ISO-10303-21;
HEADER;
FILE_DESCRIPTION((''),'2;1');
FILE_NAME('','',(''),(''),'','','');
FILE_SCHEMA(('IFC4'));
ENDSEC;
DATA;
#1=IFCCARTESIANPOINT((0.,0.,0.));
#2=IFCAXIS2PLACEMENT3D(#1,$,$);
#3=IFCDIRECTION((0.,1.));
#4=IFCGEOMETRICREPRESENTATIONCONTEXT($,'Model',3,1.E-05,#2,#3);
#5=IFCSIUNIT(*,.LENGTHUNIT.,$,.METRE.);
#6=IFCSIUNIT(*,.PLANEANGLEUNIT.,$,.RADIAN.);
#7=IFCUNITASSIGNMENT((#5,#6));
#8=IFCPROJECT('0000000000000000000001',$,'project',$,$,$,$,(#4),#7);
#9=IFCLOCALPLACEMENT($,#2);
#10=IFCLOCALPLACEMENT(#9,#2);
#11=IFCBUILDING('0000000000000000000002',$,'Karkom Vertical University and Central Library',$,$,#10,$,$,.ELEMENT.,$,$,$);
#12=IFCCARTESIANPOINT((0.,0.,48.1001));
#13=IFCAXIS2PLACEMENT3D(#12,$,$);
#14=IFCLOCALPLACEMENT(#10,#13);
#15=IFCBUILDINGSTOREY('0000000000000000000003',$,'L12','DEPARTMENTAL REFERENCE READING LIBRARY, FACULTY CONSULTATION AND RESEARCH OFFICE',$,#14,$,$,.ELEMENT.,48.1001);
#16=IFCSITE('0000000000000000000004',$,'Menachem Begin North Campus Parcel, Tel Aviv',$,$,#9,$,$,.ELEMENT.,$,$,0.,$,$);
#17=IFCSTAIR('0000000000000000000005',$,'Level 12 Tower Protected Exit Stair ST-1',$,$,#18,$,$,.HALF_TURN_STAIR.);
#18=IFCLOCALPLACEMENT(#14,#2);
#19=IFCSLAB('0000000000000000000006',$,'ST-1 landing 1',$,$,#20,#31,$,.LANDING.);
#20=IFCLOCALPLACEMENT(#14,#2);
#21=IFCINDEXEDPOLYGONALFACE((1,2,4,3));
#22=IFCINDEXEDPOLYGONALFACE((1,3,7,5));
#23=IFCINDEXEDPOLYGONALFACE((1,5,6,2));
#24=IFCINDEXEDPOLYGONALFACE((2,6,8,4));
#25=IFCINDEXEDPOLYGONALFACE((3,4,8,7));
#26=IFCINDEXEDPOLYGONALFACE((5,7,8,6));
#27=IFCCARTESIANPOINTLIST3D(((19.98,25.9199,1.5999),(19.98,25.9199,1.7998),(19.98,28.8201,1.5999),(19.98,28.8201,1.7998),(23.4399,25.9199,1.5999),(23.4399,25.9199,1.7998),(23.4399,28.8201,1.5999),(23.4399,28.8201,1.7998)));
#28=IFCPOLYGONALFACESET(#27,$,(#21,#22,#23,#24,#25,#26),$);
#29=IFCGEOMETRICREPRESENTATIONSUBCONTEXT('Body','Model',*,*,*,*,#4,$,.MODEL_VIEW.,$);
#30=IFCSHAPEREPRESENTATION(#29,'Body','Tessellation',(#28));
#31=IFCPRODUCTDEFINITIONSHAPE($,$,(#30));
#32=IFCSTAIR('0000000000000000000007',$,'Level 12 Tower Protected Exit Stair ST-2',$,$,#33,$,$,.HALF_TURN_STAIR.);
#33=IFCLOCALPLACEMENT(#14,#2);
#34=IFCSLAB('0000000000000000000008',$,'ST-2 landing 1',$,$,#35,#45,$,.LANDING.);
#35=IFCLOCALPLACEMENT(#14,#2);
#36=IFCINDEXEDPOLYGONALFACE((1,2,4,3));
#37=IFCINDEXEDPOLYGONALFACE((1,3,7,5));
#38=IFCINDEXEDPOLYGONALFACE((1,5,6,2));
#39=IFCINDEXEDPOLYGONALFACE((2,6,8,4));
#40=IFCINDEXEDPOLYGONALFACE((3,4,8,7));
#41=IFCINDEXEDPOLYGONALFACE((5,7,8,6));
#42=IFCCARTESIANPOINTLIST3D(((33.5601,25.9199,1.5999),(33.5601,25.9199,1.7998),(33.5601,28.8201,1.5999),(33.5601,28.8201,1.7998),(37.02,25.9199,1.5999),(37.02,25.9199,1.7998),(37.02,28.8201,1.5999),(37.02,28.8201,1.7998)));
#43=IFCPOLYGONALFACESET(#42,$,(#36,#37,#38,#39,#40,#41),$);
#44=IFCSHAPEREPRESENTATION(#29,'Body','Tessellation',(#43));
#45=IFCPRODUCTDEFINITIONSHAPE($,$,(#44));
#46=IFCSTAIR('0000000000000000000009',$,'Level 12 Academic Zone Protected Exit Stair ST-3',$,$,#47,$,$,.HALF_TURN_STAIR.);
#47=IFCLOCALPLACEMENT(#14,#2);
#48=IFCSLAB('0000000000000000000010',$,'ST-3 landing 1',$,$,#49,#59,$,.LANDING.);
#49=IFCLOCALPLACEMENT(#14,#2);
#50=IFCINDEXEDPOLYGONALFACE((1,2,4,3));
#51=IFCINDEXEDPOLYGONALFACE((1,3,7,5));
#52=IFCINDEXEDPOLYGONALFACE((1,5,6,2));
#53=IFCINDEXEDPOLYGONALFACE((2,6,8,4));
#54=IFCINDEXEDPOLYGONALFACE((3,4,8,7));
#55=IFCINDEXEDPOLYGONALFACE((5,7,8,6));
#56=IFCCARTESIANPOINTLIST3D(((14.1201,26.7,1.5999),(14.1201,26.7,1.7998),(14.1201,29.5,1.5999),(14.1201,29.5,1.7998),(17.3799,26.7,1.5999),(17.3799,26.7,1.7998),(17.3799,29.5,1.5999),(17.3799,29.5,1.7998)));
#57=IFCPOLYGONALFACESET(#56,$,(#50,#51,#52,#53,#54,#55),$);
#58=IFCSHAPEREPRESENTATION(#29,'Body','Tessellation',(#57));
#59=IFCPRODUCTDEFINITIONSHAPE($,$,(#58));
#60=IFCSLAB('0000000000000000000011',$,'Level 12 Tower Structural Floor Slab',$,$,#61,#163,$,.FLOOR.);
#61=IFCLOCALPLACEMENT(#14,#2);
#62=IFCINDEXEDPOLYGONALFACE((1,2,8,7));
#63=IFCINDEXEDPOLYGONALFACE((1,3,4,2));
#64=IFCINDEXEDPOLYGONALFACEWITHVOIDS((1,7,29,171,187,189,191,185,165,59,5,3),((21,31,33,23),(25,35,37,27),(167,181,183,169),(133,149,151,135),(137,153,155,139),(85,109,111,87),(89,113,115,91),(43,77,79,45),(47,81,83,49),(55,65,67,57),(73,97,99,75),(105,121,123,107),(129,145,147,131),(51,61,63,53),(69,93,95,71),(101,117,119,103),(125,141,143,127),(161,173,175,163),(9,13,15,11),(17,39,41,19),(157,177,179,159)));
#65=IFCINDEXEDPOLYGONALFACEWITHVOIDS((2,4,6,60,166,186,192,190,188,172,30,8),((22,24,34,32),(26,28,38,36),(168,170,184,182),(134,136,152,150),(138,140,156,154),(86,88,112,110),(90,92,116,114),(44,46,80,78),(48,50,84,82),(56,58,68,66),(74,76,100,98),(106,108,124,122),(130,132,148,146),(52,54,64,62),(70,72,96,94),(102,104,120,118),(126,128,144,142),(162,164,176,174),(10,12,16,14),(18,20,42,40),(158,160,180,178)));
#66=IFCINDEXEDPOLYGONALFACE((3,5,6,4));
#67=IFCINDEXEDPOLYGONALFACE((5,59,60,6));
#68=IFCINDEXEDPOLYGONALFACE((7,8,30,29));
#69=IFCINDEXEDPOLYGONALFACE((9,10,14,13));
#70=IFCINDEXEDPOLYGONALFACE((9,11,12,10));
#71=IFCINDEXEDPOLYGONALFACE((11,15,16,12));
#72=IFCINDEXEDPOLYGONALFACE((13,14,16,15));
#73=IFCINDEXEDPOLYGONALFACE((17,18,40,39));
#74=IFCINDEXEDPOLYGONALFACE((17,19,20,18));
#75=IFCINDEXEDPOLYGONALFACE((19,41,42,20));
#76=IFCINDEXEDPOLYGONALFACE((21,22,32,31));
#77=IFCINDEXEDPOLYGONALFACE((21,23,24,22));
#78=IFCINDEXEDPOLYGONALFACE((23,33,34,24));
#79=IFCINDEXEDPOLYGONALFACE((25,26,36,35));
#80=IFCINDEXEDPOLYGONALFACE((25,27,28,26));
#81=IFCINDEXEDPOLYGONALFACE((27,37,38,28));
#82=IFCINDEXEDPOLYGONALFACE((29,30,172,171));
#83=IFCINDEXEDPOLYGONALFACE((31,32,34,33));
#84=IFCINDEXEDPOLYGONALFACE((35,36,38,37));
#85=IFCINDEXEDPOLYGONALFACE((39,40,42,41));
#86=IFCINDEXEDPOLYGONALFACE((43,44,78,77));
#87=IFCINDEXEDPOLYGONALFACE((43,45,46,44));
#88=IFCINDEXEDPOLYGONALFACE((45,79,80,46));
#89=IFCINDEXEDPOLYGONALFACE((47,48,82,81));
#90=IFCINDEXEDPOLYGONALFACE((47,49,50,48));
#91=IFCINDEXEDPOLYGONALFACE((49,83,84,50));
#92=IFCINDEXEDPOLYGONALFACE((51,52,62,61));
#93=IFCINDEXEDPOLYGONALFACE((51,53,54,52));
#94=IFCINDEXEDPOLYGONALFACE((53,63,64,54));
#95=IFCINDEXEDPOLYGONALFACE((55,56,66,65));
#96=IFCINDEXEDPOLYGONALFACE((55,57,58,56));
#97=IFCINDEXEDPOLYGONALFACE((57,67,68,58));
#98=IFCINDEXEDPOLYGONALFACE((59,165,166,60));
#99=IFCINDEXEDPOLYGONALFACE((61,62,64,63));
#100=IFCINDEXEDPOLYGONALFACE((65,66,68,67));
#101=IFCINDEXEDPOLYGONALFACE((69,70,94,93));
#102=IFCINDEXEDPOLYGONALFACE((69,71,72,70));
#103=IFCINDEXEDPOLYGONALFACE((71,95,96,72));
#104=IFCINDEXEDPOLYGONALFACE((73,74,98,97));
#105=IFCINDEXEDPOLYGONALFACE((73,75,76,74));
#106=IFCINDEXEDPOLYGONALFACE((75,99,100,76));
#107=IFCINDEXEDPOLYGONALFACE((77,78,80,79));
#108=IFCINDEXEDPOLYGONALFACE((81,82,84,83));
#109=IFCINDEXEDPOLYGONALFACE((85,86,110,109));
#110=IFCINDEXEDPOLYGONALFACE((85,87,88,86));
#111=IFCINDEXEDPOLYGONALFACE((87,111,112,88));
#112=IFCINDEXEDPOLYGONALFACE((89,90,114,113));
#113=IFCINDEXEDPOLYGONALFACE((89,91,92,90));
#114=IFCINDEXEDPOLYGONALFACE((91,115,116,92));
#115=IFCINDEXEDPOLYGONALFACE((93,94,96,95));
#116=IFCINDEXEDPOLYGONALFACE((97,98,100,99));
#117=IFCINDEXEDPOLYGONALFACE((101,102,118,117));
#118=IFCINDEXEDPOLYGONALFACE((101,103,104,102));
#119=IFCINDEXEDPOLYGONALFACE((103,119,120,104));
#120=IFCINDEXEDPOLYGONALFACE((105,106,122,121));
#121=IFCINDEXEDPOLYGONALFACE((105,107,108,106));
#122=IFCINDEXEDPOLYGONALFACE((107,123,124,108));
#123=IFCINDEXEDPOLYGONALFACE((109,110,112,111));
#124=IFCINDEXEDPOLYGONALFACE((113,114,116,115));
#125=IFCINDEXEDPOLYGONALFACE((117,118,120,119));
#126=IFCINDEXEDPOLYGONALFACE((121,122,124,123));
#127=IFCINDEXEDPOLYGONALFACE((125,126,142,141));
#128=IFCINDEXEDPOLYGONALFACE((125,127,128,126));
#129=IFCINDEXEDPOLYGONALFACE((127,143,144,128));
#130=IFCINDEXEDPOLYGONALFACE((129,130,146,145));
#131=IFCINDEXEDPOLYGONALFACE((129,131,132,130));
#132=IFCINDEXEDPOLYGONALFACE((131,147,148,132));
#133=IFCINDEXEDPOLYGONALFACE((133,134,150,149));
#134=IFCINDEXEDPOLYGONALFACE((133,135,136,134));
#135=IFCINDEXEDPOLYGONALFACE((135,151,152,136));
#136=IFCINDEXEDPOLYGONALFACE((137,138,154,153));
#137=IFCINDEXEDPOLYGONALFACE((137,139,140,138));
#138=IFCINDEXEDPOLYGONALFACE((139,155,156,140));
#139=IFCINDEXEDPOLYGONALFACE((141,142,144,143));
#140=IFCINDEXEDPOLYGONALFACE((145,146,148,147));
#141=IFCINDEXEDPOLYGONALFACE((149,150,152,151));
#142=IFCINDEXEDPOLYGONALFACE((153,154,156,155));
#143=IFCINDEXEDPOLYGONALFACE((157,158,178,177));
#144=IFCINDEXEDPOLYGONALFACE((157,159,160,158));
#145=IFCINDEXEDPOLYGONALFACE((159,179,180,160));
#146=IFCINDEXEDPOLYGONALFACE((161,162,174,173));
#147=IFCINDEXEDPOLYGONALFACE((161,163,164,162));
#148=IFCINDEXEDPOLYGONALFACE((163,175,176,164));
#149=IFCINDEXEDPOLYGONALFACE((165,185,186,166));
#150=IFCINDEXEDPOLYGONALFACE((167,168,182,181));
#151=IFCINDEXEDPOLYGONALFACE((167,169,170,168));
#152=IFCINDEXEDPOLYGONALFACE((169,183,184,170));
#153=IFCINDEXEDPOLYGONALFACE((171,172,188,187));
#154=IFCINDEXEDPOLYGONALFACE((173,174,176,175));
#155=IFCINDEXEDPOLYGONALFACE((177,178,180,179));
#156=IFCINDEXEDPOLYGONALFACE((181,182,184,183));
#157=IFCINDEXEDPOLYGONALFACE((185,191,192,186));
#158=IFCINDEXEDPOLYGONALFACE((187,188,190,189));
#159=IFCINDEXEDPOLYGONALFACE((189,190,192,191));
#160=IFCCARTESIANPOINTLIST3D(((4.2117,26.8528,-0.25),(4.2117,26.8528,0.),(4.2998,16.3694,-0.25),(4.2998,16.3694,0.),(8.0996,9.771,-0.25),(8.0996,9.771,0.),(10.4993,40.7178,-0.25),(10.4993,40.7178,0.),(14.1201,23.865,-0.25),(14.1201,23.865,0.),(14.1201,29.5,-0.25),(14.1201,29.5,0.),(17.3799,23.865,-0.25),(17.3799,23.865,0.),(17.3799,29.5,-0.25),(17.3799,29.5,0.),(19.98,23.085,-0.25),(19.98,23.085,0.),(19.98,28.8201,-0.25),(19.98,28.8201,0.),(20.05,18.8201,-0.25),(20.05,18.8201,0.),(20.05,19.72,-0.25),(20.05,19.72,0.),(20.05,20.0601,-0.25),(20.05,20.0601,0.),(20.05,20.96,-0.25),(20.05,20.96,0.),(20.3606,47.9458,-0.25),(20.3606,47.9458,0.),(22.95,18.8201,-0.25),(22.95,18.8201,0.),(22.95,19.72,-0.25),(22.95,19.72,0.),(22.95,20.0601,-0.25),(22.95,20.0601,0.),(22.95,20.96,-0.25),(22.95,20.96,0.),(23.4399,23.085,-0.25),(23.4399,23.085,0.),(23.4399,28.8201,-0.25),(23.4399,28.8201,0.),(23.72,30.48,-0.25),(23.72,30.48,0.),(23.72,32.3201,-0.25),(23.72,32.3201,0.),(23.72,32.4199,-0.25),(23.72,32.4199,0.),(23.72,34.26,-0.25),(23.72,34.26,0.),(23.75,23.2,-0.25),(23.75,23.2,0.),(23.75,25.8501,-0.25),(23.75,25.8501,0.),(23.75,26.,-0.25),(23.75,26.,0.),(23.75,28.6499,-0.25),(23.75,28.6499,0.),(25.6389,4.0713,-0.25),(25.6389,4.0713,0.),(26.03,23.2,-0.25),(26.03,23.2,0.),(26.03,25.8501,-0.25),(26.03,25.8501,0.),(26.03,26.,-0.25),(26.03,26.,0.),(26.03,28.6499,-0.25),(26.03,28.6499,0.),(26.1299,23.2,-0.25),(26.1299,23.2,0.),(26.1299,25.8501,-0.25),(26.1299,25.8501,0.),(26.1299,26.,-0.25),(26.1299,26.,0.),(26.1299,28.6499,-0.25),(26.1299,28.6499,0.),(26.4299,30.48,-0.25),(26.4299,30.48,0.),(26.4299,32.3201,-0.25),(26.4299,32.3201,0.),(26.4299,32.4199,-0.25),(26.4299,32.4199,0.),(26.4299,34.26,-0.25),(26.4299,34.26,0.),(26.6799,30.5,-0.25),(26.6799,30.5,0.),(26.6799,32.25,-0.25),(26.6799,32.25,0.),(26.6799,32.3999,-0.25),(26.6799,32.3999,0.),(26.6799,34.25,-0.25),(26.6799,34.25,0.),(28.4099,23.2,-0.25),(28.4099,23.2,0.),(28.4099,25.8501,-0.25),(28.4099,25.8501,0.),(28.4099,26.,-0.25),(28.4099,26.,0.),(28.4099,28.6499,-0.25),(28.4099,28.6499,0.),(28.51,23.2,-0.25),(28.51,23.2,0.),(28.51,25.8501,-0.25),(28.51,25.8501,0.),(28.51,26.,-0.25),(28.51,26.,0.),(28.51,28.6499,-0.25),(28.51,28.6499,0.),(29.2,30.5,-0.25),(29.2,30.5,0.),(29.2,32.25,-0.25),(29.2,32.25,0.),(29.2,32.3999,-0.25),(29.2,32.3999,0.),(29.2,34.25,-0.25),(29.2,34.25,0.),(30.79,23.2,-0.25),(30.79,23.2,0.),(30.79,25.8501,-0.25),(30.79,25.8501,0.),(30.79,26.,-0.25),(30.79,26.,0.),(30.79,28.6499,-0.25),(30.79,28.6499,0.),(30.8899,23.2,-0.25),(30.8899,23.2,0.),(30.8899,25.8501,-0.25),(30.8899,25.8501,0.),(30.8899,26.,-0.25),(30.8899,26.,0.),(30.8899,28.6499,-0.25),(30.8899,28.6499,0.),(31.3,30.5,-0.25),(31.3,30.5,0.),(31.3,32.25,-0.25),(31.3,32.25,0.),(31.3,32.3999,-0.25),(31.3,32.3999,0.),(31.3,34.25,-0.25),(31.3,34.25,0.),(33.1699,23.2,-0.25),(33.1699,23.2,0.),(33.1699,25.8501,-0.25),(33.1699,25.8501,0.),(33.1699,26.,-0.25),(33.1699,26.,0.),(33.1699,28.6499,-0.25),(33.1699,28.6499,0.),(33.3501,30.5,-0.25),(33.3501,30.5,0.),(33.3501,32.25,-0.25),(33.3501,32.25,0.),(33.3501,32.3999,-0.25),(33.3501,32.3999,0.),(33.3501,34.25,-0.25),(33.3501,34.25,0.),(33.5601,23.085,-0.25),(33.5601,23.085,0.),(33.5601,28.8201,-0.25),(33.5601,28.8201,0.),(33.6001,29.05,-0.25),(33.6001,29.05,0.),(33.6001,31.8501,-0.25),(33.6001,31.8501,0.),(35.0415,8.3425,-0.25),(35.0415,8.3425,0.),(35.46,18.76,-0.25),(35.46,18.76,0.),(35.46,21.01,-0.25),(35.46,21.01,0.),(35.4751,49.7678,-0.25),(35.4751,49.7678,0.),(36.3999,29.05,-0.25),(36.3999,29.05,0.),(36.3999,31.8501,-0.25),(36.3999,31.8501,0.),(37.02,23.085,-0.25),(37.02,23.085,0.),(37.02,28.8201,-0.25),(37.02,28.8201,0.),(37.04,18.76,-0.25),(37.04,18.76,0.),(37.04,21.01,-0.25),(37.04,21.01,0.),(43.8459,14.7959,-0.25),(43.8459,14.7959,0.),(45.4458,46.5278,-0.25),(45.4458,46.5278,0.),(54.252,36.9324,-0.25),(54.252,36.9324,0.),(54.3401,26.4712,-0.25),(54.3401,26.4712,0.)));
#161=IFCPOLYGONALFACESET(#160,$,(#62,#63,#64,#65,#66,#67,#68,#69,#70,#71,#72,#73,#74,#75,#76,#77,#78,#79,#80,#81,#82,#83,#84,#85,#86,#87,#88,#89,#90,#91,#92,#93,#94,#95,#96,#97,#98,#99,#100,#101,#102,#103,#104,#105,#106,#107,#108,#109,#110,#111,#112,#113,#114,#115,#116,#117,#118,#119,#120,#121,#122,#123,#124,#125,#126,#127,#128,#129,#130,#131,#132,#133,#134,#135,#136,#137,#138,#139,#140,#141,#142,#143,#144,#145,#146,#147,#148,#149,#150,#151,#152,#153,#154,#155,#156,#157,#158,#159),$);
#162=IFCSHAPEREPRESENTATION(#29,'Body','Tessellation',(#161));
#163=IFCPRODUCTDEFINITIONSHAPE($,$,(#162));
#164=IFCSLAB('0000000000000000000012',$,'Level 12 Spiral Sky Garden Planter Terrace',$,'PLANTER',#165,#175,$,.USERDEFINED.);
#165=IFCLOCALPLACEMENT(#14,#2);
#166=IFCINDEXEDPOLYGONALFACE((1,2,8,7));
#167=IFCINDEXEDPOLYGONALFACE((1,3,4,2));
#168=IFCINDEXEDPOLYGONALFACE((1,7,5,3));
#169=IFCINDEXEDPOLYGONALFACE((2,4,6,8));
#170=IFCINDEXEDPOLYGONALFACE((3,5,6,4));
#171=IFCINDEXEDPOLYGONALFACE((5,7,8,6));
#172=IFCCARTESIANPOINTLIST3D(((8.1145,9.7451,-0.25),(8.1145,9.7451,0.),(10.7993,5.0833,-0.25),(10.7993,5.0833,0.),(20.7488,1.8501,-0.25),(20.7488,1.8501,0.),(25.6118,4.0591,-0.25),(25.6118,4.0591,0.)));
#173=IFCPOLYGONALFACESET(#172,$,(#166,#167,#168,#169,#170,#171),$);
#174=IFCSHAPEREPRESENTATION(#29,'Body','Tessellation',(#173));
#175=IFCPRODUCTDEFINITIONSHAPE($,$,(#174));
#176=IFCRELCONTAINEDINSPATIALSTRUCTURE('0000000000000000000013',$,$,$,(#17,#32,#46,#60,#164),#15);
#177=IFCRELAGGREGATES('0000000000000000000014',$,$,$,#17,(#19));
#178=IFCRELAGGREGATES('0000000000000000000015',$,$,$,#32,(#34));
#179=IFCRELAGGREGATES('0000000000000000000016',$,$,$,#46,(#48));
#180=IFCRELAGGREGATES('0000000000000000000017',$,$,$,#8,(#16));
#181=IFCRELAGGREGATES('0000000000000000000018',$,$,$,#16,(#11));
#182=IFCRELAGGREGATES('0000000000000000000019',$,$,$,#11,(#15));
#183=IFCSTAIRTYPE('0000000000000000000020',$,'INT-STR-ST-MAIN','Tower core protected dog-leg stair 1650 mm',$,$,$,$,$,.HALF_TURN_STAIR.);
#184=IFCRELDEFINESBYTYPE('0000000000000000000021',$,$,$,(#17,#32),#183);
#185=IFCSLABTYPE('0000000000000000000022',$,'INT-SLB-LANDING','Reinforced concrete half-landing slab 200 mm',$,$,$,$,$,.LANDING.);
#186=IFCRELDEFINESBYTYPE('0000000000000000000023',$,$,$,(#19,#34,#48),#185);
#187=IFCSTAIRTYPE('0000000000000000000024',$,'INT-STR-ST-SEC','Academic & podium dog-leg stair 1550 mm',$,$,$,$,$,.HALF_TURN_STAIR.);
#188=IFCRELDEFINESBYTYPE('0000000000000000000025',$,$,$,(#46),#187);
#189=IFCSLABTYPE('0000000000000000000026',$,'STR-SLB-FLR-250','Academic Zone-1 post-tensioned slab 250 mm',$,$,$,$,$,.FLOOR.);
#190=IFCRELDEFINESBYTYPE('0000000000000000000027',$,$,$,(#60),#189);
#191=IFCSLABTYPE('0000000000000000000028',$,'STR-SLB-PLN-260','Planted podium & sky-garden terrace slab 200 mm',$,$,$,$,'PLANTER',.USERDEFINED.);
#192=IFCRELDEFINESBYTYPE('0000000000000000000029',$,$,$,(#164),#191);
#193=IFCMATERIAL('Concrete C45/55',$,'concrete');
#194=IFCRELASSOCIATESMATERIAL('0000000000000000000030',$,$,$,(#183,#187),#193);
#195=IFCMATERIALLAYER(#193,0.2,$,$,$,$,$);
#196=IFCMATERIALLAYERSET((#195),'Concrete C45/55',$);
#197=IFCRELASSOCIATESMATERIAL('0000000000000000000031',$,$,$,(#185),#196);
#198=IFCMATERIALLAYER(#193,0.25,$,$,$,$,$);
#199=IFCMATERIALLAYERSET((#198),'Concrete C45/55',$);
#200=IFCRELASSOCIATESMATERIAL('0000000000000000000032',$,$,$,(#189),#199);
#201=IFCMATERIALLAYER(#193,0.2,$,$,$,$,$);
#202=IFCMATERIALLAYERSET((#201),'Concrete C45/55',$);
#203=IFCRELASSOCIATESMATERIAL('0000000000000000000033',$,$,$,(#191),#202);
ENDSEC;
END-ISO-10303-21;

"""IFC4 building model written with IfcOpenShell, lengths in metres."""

from ifc_helpers import new_model, si_unit, direction, frame, origin, place, context, subcontext, project, spatial, polyline, outline, extrude, material, layer, layer_set, type_object, element, aggregate, save


model = new_model("IFC4")

# Units and contexts
model_context = context("Model", 3, precision=1e-05, world=origin(), true_north=direction((0.0, 1.0)))
body_context = subcontext(model_context, "Body", "Model", "MODEL_VIEW")
ifc_project = project(units=[si_unit("LENGTHUNIT", "METRE"), si_unit("PLANEANGLEUNIT", "RADIAN")], contexts=[model_context])

# Site, building, storey
site_placement = place(None, origin())
site = spatial("IfcSite", under=ifc_project, at=site_placement, Name="Menachem Begin North Campus Parcel, Tel Aviv", CompositionType="ELEMENT", RefElevation=0.0)
building_placement = place(site_placement, origin())
building = spatial("IfcBuilding", under=site, at=building_placement, Name="Karkom Vertical University and Central Library", CompositionType="ELEMENT")
storey_placement = place(building_placement, frame((0.0, 0.0, 48.1001)))
storey = spatial("IfcBuildingStorey", under=building, at=storey_placement, Name="L12", Description="DEPARTMENTAL REFERENCE READING LIBRARY, FACULTY CONSULTATION AND RESEARCH OFFICE", CompositionType="ELEMENT", Elevation=48.1001)

# Stairs, slabs
ifc_material_1 = material(Name="Concrete C45/55", Category="concrete")
stair_type_1 = type_object("IfcStairType", Name="INT-STR-ST-MAIN", Description="Tower core protected dog-leg stair 1650 mm", PredefinedType="HALF_TURN_STAIR", material=ifc_material_1)
stair_1_placement = place(storey_placement, origin())
stair_1 = element("IfcStair", 1, at=stair_1_placement, inside=storey, type_object=stair_type_1, Name="Level 12 Tower Protected Exit Stair ST-1", PredefinedType="HALF_TURN_STAIR")
ifc_layer_1 = layer(ifc_material_1, 0.2)
ifc_layer_set_1 = layer_set([ifc_layer_1], Name="Concrete C45/55")
slab_type_1 = type_object("IfcSlabType", Name="INT-SLB-LANDING", Description="Reinforced concrete half-landing slab 200 mm", PredefinedType="LANDING", material=ifc_layer_set_1)
slab_1_placement = place(storey_placement, frame((0.0, 0.0, 1.5999)))
slab_1 = element("IfcSlab", 2, at=slab_1_placement, type_object=slab_type_1, Name="ST-1 landing 1", PredefinedType="LANDING", context=body_context, shape_type="SweptSolid", body=[
    extrude(outline(polyline([(23.4399, 25.9199), (23.4399, 28.8201), (19.98, 28.8201), (19.98, 25.9199), (23.4399, 25.9199)])), origin(), (0.0, 0.0, 1.0), 0.2),
])
aggregate(stair_1, [slab_1])
stair_2_placement = place(storey_placement, origin())
stair_2 = element("IfcStair", 3, at=stair_2_placement, inside=storey, type_object=stair_type_1, Name="Level 12 Tower Protected Exit Stair ST-2", PredefinedType="HALF_TURN_STAIR")
slab_2_placement = place(storey_placement, frame((0.0, 0.0, 1.5999)))
slab_2 = element("IfcSlab", 4, at=slab_2_placement, type_object=slab_type_1, Name="ST-2 landing 1", PredefinedType="LANDING", context=body_context, shape_type="SweptSolid", body=[
    extrude(outline(polyline([(37.02, 25.9199), (37.02, 28.8201), (33.5601, 28.8201), (33.5601, 25.9199), (37.02, 25.9199)])), origin(), (0.0, 0.0, 1.0), 0.2),
])
aggregate(stair_2, [slab_2])
stair_type_2 = type_object("IfcStairType", Name="INT-STR-ST-SEC", Description="Academic & podium dog-leg stair 1550 mm", PredefinedType="HALF_TURN_STAIR", material=ifc_material_1)
stair_3_placement = place(storey_placement, origin())
stair_3 = element("IfcStair", 5, at=stair_3_placement, inside=storey, type_object=stair_type_2, Name="Level 12 Academic Zone Protected Exit Stair ST-3", PredefinedType="HALF_TURN_STAIR")
slab_3_placement = place(storey_placement, frame((0.0, 0.0, 1.5999)))
slab_3 = element("IfcSlab", 6, at=slab_3_placement, type_object=slab_type_1, Name="ST-3 landing 1", PredefinedType="LANDING", context=body_context, shape_type="SweptSolid", body=[
    extrude(outline(polyline([(17.3799, 26.7), (17.3799, 29.5), (14.1201, 29.5), (14.1201, 26.7), (17.3799, 26.7)])), origin(), (0.0, 0.0, 1.0), 0.2),
])
aggregate(stair_3, [slab_3])

# Slabs
ifc_layer_2 = layer(ifc_material_1, 0.25)
ifc_layer_set_2 = layer_set([ifc_layer_2], Name="Concrete C45/55")
slab_type_2 = type_object("IfcSlabType", Name="STR-SLB-FLR-250", Description="Academic Zone-1 post-tensioned slab 250 mm", PredefinedType="FLOOR", material=ifc_layer_set_2)
slab_4_placement = place(storey_placement, frame((0.0, 0.0, -0.25)))
element("IfcSlab", 7, at=slab_4_placement, inside=storey, type_object=slab_type_2, Name="Level 12 Tower Structural Floor Slab", PredefinedType="FLOOR", context=body_context, shape_type="SweptSolid", body=[
    extrude(outline(polyline([(10.4993, 40.7178), (4.2117, 26.8528), (4.2998, 16.3694), (8.0996, 9.771), (25.6389, 4.0713), (35.0415, 8.3425), (43.8459, 14.7959), (54.3401, 26.4712), (54.252, 36.9324), (45.4458, 46.5278), (35.4751, 49.7678), (20.3606, 47.9458), (10.4993, 40.7178)]), holes=[polyline([(19.98, 23.085), (23.4399, 23.085), (23.4399, 28.8201), (19.98, 28.8201), (19.98, 23.085)]), polyline([(33.5601, 23.085), (37.02, 23.085), (37.02, 28.8201), (33.5601, 28.8201), (33.5601, 23.085)]), polyline([(14.1201, 23.865), (17.3799, 23.865), (17.3799, 29.5), (14.1201, 29.5), (14.1201, 23.865)]), polyline([(23.75, 23.2), (26.03, 23.2), (26.03, 25.8501), (23.75, 25.8501), (23.75, 23.2)]), polyline([(26.1299, 23.2), (28.4099, 23.2), (28.4099, 25.8501), (26.1299, 25.8501), (26.1299, 23.2)]), polyline([(28.51, 23.2), (30.79, 23.2), (30.79, 25.8501), (28.51, 25.8501), (28.51, 23.2)]), polyline([(30.8899, 23.2), (33.1699, 23.2), (33.1699, 25.8501), (30.8899, 25.8501), (30.8899, 23.2)]), polyline([(23.75, 26.0), (26.03, 26.0), (26.03, 28.6499), (23.75, 28.6499), (23.75, 26.0)]), polyline([(26.1299, 26.0), (28.4099, 26.0), (28.4099, 28.6499), (26.1299, 28.6499), (26.1299, 26.0)]), polyline([(28.51, 26.0), (30.79, 26.0), (30.79, 28.6499), (28.51, 28.6499), (28.51, 26.0)]), polyline([(30.8899, 26.0), (33.1699, 26.0), (33.1699, 28.6499), (30.8899, 28.6499), (30.8899, 26.0)]), polyline([(26.6799, 30.5), (29.2, 30.5), (29.2, 32.25), (26.6799, 32.25), (26.6799, 30.5)]), polyline([(26.6799, 32.3999), (29.2, 32.3999), (29.2, 34.25), (26.6799, 34.25), (26.6799, 32.3999)]), polyline([(31.3, 30.5), (33.3501, 30.5), (33.3501, 32.25), (31.3, 32.25), (31.3, 30.5)]), polyline([(31.3, 32.3999), (33.3501, 32.3999), (33.3501, 34.25), (31.3, 34.25), (31.3, 32.3999)]), polyline([(23.72, 30.48), (26.4299, 30.48), (26.4299, 32.3201), (23.72, 32.3201), (23.72, 30.48)]), polyline([(23.72, 32.4199), (26.4299, 32.4199), (26.4299, 34.26), (23.72, 34.26), (23.72, 32.4199)]), polyline([(33.6001, 29.05), (36.3999, 29.05), (36.3999, 31.8501), (33.6001, 31.8501), (33.6001, 29.05)]), polyline([(20.05, 18.8201), (22.95, 18.8201), (22.95, 19.72), (20.05, 19.72), (20.05, 18.8201)]), polyline([(20.05, 20.0601), (22.95, 20.0601), (22.95, 20.96), (20.05, 20.96), (20.05, 20.0601)]), polyline([(35.46, 18.76), (37.04, 18.76), (37.04, 21.01), (35.46, 21.01), (35.46, 18.76)])]), origin(), (0.0, 0.0, 1.0), 0.25),
])
ifc_layer_3 = layer(ifc_material_1, 0.2)
ifc_layer_set_3 = layer_set([ifc_layer_3], Name="Concrete C45/55")
slab_type_3 = type_object("IfcSlabType", Name="STR-SLB-PLN-260", Description="Planted podium & sky-garden terrace slab 200 mm", ElementType="PLANTER", PredefinedType="USERDEFINED", material=ifc_layer_set_3)
slab_5_placement = place(storey_placement, frame((0.0, 0.0, -0.25)))
element("IfcSlab", 8, at=slab_5_placement, inside=storey, type_object=slab_type_3, Name="Level 12 Spiral Sky Garden Planter Terrace", ObjectType="PLANTER", PredefinedType="USERDEFINED", context=body_context, shape_type="SweptSolid", body=[
    extrude(outline(polyline([(20.7488, 1.8501), (10.7993, 5.0833), (8.1145, 9.7451), (25.6118, 4.0591), (20.7488, 1.8501)])), origin(), (0.0, 0.0, 1.0), 0.25),
])

save(model, "model.ifc")
